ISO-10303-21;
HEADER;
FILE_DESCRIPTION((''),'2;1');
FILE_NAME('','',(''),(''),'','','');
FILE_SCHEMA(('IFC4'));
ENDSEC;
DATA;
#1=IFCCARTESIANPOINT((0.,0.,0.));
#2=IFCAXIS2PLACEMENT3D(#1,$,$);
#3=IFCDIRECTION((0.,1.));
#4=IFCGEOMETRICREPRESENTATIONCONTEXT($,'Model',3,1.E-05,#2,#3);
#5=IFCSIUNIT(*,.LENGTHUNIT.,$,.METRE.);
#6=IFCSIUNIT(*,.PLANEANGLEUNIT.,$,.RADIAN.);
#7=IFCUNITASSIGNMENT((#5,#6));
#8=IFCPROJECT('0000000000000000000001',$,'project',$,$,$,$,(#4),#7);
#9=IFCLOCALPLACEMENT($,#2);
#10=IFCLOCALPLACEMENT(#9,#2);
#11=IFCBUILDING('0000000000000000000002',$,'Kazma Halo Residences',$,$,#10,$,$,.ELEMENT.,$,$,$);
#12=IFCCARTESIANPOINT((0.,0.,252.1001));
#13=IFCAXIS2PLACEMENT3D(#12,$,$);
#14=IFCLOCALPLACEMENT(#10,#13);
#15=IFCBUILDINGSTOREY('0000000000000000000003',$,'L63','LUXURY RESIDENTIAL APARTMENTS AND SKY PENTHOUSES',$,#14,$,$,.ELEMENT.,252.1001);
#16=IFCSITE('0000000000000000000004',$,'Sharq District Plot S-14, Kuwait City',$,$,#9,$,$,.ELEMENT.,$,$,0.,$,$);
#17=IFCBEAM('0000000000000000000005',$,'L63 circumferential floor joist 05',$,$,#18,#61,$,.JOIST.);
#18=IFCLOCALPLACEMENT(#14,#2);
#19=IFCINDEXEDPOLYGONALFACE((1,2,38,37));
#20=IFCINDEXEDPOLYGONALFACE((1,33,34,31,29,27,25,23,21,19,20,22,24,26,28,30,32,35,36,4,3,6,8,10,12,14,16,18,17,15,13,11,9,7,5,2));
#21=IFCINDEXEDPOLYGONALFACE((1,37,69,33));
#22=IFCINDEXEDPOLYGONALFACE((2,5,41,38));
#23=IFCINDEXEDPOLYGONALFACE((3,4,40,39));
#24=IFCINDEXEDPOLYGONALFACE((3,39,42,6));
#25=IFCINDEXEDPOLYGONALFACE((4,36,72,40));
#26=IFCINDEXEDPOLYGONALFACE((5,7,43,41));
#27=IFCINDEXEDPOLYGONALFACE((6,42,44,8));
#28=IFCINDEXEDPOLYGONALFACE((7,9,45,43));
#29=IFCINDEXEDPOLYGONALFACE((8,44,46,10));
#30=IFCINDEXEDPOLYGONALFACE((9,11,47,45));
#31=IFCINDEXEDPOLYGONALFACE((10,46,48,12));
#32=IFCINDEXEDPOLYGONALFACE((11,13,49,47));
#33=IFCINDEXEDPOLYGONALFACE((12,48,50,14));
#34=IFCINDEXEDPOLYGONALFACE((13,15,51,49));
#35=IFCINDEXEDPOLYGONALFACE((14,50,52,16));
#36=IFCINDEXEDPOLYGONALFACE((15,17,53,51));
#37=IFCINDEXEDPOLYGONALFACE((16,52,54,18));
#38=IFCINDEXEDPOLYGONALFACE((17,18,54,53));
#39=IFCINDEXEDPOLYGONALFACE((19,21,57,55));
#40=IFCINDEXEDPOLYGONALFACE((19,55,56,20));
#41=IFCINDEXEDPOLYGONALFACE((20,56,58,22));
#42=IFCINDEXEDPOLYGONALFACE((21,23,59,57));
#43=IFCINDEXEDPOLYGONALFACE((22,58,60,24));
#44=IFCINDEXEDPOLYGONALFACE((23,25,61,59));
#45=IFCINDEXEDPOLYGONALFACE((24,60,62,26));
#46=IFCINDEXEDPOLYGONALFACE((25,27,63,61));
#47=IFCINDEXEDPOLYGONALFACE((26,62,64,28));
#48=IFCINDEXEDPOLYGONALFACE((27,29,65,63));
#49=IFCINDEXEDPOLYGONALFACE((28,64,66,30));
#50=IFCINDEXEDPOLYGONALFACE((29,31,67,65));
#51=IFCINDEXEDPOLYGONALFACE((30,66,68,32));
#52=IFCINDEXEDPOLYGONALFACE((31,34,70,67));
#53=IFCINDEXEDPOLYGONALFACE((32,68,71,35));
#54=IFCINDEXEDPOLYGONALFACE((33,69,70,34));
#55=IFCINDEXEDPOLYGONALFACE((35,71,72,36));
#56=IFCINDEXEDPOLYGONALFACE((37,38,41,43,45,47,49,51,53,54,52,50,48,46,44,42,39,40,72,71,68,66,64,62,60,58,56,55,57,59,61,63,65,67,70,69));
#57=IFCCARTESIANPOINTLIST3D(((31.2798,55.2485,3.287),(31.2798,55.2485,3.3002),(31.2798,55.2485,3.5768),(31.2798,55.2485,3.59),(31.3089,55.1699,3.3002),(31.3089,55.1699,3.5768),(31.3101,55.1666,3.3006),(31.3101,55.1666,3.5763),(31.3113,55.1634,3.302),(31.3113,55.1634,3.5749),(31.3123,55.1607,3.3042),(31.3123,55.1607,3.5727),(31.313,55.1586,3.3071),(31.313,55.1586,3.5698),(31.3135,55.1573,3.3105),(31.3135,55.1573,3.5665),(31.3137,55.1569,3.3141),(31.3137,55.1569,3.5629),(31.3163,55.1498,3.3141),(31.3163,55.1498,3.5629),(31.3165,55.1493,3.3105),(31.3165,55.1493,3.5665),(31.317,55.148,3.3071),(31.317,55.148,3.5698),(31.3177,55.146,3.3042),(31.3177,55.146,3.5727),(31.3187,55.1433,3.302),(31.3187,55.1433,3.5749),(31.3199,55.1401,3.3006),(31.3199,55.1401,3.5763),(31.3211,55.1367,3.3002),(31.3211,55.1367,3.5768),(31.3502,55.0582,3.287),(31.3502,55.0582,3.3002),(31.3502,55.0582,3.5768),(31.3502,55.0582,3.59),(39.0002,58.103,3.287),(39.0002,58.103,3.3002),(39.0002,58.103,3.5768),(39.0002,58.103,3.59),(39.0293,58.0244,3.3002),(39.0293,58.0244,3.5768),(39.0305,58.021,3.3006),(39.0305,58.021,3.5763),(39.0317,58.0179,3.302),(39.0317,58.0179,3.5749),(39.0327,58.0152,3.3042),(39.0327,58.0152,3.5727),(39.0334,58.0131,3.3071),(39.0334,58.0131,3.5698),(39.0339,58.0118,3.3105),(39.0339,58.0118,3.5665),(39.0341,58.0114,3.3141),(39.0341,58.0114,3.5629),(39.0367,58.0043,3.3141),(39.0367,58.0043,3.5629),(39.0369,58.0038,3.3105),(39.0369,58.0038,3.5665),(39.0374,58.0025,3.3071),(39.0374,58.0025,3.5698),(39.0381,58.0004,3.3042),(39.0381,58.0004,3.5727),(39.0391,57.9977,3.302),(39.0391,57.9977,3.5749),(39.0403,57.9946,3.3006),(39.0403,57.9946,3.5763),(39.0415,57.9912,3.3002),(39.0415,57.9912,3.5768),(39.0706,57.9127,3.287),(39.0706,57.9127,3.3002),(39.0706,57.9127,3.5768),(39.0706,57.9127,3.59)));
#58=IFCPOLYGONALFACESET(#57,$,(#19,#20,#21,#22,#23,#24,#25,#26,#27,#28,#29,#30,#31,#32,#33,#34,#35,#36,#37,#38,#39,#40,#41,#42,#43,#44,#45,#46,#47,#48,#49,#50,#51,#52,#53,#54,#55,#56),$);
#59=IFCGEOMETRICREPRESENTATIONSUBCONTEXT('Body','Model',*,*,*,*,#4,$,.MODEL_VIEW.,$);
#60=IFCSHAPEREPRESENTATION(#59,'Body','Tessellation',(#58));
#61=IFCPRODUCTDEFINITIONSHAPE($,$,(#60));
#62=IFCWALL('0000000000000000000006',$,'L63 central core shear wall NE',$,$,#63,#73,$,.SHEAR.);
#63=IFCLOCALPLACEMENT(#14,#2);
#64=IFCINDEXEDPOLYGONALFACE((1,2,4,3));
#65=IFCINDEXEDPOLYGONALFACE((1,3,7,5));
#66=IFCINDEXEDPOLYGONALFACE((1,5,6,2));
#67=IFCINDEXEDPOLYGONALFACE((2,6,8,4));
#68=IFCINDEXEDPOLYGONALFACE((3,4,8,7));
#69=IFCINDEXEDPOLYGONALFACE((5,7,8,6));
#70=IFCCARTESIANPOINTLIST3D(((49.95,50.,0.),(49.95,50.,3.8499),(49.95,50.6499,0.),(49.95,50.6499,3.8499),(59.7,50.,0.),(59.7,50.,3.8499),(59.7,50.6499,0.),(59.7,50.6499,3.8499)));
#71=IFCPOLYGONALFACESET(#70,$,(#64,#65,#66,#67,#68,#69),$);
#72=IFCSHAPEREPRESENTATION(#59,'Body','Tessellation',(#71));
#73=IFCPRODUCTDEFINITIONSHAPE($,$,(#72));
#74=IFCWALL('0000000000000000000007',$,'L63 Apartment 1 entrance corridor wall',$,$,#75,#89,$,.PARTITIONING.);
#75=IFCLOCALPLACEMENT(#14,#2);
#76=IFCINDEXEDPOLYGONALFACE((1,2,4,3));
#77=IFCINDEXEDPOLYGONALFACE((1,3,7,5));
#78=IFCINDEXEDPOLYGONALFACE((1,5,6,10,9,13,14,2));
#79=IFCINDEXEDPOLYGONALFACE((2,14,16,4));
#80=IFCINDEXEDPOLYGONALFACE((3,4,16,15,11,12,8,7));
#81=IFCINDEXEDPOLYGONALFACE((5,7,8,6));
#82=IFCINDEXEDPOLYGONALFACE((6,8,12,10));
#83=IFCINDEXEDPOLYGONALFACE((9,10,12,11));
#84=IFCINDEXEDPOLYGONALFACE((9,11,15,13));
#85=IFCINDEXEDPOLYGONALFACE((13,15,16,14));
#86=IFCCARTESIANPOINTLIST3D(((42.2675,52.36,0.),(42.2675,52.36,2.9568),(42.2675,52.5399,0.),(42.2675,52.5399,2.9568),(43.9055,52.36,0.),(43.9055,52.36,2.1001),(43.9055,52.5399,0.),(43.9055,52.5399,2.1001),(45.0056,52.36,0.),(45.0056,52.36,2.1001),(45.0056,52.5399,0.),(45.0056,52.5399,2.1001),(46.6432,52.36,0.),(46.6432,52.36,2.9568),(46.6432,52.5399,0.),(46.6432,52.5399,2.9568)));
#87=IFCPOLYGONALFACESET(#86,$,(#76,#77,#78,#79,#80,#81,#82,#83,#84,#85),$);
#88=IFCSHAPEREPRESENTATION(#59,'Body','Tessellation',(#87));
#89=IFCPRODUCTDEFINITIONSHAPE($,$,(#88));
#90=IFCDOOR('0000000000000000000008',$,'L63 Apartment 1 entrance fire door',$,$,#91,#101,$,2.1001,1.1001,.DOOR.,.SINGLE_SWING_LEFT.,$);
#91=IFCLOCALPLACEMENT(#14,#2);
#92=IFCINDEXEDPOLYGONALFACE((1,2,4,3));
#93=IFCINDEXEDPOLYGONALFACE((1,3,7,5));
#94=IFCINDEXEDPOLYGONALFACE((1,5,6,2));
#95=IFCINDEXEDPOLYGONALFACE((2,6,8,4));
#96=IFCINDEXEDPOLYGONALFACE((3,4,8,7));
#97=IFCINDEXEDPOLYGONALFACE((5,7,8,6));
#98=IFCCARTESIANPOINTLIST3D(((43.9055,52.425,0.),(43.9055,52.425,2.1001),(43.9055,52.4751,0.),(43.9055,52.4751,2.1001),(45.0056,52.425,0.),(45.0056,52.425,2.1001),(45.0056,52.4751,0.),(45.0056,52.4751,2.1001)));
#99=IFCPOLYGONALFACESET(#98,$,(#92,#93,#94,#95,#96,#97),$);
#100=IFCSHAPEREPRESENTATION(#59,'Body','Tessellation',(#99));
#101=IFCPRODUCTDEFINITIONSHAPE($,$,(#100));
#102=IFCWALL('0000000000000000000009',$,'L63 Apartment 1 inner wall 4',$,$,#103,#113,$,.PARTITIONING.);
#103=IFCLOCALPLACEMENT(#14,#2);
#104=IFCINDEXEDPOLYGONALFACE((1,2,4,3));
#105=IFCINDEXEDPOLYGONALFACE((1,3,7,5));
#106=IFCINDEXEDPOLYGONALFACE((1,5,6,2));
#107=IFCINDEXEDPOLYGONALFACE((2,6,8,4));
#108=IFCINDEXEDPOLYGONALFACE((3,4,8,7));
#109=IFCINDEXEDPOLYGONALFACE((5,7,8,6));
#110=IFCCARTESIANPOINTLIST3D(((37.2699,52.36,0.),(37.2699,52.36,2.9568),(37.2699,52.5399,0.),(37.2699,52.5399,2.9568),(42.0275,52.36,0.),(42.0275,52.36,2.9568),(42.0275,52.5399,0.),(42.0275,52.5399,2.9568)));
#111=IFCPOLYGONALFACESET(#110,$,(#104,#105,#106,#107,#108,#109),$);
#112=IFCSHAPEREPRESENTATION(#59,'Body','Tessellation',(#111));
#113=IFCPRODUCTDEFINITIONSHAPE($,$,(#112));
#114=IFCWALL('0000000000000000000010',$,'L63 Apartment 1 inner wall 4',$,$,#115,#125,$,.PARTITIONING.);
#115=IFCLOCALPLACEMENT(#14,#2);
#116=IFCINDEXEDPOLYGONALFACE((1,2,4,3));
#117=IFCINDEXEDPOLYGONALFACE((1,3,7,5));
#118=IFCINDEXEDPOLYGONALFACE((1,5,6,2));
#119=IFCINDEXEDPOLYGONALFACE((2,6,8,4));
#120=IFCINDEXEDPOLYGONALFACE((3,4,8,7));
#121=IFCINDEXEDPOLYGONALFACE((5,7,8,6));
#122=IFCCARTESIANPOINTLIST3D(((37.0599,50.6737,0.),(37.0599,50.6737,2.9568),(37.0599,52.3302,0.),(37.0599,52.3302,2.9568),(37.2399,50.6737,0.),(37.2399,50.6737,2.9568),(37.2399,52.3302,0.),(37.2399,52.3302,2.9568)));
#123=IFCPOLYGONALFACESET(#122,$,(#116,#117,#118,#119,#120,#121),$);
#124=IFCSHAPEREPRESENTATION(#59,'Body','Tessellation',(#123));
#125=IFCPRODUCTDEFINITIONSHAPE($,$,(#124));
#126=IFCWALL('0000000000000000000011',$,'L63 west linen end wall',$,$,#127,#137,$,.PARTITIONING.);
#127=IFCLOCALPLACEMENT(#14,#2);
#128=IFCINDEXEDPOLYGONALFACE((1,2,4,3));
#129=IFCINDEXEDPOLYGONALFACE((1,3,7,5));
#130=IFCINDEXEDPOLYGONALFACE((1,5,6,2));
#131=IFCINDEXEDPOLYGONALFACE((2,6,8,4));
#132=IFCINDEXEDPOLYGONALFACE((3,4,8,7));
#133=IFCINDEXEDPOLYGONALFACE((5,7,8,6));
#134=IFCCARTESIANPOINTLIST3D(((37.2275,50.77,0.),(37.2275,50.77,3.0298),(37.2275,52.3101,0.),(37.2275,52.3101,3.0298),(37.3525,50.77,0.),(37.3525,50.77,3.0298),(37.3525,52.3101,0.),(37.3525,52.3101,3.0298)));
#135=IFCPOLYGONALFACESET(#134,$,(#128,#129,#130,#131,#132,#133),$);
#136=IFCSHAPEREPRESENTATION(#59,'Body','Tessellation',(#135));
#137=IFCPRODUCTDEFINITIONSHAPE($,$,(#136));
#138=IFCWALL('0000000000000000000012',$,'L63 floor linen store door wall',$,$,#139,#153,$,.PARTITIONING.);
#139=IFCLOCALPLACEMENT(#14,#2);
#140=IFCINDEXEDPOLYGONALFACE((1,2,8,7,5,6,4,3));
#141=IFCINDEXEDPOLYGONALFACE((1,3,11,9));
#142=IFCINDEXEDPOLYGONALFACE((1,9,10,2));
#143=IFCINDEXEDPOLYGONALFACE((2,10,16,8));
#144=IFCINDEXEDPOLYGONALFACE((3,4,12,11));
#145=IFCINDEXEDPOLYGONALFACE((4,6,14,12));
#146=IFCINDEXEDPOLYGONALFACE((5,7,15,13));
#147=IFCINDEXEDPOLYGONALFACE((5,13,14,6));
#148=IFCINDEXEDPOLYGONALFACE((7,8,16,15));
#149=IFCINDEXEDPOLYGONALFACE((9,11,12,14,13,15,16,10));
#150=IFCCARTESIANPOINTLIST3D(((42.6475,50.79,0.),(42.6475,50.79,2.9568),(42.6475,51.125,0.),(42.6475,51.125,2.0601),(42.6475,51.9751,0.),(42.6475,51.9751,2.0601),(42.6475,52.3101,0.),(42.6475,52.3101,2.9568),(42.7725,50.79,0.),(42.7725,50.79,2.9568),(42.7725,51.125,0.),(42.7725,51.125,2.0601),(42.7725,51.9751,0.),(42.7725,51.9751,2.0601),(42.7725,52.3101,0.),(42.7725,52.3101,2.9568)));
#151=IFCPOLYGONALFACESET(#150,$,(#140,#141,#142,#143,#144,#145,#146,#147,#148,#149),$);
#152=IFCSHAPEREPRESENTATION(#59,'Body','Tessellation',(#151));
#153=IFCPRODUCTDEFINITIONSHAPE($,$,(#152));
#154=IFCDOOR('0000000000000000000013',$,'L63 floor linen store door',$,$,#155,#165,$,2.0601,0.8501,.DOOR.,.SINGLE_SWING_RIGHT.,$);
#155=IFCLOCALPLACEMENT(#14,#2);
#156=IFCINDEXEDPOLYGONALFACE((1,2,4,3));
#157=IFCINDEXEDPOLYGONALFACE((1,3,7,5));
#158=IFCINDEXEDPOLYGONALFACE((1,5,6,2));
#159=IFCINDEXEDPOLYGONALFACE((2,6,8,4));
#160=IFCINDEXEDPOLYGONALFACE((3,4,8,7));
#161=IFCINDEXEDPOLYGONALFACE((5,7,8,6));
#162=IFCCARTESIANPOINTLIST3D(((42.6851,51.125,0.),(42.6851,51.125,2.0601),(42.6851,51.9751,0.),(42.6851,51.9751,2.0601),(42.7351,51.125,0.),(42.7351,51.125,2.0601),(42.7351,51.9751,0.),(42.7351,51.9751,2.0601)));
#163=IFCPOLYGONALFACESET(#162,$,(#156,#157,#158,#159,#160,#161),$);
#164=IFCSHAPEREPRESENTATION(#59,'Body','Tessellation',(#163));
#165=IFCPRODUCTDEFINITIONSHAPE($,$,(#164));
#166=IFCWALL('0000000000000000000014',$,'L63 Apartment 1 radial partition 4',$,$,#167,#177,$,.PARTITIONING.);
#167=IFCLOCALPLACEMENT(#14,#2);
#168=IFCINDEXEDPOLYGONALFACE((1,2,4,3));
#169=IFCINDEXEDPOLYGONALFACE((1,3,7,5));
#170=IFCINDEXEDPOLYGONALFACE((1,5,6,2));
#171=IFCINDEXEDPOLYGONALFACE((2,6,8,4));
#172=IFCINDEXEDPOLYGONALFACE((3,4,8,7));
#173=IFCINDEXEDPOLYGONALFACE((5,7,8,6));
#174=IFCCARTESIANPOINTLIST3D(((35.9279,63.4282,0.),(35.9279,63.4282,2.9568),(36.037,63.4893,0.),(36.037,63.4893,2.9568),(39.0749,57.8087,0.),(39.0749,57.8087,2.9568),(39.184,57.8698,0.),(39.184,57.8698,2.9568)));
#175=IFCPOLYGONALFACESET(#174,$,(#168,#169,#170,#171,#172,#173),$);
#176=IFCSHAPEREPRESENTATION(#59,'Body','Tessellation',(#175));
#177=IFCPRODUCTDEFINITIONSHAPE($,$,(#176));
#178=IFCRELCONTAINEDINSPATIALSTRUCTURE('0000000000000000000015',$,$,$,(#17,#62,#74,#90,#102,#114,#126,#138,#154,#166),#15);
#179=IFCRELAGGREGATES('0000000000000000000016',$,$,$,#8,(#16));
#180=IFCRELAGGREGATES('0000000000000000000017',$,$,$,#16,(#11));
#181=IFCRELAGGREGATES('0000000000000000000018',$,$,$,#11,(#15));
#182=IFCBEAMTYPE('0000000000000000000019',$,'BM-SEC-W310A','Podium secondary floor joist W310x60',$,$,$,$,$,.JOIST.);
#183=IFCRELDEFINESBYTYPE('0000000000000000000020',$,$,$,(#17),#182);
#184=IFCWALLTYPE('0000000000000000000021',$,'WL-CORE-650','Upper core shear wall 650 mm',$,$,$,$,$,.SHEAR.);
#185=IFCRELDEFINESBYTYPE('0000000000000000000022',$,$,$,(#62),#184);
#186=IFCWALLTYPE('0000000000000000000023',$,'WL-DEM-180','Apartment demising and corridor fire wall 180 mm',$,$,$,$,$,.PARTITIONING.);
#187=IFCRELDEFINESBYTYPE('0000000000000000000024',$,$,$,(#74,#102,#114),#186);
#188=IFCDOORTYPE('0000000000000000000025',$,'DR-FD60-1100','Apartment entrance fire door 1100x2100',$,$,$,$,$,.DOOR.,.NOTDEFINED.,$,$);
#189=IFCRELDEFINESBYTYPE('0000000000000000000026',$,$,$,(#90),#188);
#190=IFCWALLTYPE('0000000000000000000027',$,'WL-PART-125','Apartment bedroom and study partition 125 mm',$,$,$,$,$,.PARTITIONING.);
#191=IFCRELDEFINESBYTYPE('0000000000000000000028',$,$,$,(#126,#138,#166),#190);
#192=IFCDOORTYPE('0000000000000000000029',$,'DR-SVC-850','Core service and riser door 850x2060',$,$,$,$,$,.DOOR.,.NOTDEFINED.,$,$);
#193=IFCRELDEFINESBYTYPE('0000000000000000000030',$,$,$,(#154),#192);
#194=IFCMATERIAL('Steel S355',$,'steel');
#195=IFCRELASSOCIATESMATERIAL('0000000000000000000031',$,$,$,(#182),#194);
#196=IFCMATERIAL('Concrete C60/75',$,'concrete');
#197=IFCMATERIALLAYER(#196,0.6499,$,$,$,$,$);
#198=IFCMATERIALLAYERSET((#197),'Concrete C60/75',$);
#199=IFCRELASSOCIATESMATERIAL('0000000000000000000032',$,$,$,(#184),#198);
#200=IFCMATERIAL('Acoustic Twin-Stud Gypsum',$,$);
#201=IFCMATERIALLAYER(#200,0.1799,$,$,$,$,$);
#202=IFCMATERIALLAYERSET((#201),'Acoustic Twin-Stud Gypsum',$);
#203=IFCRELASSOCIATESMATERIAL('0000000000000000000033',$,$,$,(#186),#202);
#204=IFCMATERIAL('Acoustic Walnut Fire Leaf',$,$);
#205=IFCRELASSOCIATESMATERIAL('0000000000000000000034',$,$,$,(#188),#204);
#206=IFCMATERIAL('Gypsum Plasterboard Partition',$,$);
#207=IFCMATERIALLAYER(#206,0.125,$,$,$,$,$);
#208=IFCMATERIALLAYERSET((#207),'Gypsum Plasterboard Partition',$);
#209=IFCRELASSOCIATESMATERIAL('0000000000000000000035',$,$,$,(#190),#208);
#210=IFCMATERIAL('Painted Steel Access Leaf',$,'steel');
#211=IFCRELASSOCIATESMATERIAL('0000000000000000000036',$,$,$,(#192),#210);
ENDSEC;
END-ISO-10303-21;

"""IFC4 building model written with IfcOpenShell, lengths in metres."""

from ifc_helpers import new_model, si_unit, direction, frame, frame_2d, origin, origin_2d, place, context, subcontext, project, spatial, rectangle, i_section, extrude, material, layer, layer_set, material_profile, profile_set, type_object, element, fill, save


model = new_model("IFC4")

# Units and contexts
model_context = context("Model", 3, precision=1e-05, world=origin(), true_north=direction((0.0, 1.0)))
body_context = subcontext(model_context, "Body", "Model", "MODEL_VIEW")
ifc_project = project(units=[si_unit("LENGTHUNIT", "METRE"), si_unit("PLANEANGLEUNIT", "RADIAN")], contexts=[model_context])

# Site, building, storey
site_placement = place(None, origin())
site = spatial("IfcSite", under=ifc_project, at=site_placement, Name="Sharq District Plot S-14, Kuwait City", CompositionType="ELEMENT", RefElevation=0.0)
building_placement = place(site_placement, origin())
building = spatial("IfcBuilding", under=site, at=building_placement, Name="Kazma Halo Residences", CompositionType="ELEMENT")
storey_placement = place(building_placement, frame((0.0, 0.0, 252.1001)))
storey = spatial("IfcBuildingStorey", under=building, at=storey_placement, Name="L63", Description="LUXURY RESIDENTIAL APARTMENTS AND SKY PENTHOUSES", CompositionType="ELEMENT", Elevation=252.1001)

# Beam
ifc_material_1 = material(Name="Steel S355", Category="steel")
ifc_material_profile_1 = material_profile(ifc_material_1, i_section(OverallWidth=0.2029, OverallDepth=0.303, WebThickness=0.0076, FlangeThickness=0.0132, FilletRadius=0.0139, at=origin_2d()), Name="W310x60")
ifc_profile_set_1 = profile_set([ifc_material_profile_1], Name="Steel S355")
beam_type_1 = type_object("IfcBeamType", Name="BM-SEC-W310A", Description="Podium secondary floor joist W310x60", PredefinedType="JOIST", material=ifc_profile_set_1)
beam_1_placement = place(storey_placement, frame((39.0354, 58.0078, 3.4385), z_axis=(-0.937944, -0.346787, 0.0), x_axis=(0.346787, -0.937944, 0.0)))
element("IfcBeam", 1, at=beam_1_placement, inside=storey, type_object=beam_type_1, Name="L63 circumferential floor joist 05", PredefinedType="JOIST", context=body_context, shape_type="SweptSolid", body=[
    extrude(i_section(OverallWidth=0.2029, OverallDepth=0.303, WebThickness=0.0076, FlangeThickness=0.0132, FilletRadius=0.0139, at=origin_2d()), origin(), (0.0, 0.0, 1.0), 8.2312),
])

# Wall
ifc_material_2 = material(Name="Concrete C60/75", Category="concrete")
ifc_layer_1 = layer(ifc_material_2, 0.6499)
ifc_layer_set_1 = layer_set([ifc_layer_1], Name="Concrete C60/75")
wall_type_1 = type_object("IfcWallType", Name="WL-CORE-650", Description="Upper core shear wall 650 mm", PredefinedType="SHEAR", material=ifc_layer_set_1)
wall_1_placement = place(storey_placement, frame((49.95, 50.325, 0.0), z_axis=(0.0, 0.0, 1.0), x_axis=(1.0, 0.0, 0.0)))
element("IfcWall", 2, at=wall_1_placement, inside=storey, type_object=wall_type_1, Name="L63 central core shear wall NE", PredefinedType="SHEAR", context=body_context, shape_type="SweptSolid", body=[
    extrude(rectangle(XDim=9.75, YDim=0.6499, at=frame_2d((4.875, 0.0))), origin(), (0.0, 0.0, 1.0), 3.8499),
])

# Wall, opening, door
ifc_material_3 = material(Name="Acoustic Twin-Stud Gypsum")
ifc_layer_2 = layer(ifc_material_3, 0.1799)
ifc_layer_set_2 = layer_set([ifc_layer_2], Name="Acoustic Twin-Stud Gypsum")
wall_type_2 = type_object("IfcWallType", Name="WL-DEM-180", Description="Apartment demising and corridor fire wall 180 mm", PredefinedType="PARTITIONING", material=ifc_layer_set_2)
wall_2_placement = place(storey_placement, frame((46.6433, 52.45, 0.0), z_axis=(0.0, 0.0, 1.0), x_axis=(-1.0, 0.0, 0.0)))
wall_2 = element("IfcWall", 3, at=wall_2_placement, inside=storey, type_object=wall_type_2, Name="L63 Apartment 1 entrance corridor wall", PredefinedType="PARTITIONING", context=body_context, shape_type="SweptSolid", body=[
    extrude(rectangle(XDim=4.3757, YDim=0.1799, at=frame_2d((2.188, 0.0))), origin(), (0.0, 0.0, 1.0), 2.9568),
])
opening_1_placement = place(wall_2_placement, frame((1.6377, 0.0, 0.0)))
opening_1 = element("IfcOpeningElement", 4, at=opening_1_placement, cuts=wall_2, PredefinedType="OPENING", context=body_context, shape_type="SweptSolid", body=[
    extrude(rectangle(XDim=1.1001, YDim=2.1001, at=frame_2d((0.55, 1.05))), frame((0.0, 0.0999, 0.0), z_axis=(0.0, -1.0, 0.0), x_axis=(1.0, 0.0, 0.0)), (0.0, 0.0, 1.0), 0.2),
])
ifc_material_4 = material(Name="Acoustic Walnut Fire Leaf")
door_type_1 = type_object("IfcDoorType", Name="DR-FD60-1100", Description="Apartment entrance fire door 1100x2100", OperationType="NOTDEFINED", PredefinedType="DOOR", material=ifc_material_4)
door_1_placement = place(opening_1_placement, origin())
door_1 = element("IfcDoor", 5, at=door_1_placement, inside=storey, type_object=door_type_1, Name="L63 Apartment 1 entrance fire door", OperationType="SINGLE_SWING_LEFT", OverallHeight=2.1001, OverallWidth=1.1001, PredefinedType="DOOR", context=body_context, shape_type="SweptSolid", body=[
    extrude(rectangle(XDim=1.1001, YDim=2.1001, at=frame_2d((0.55, 1.05))), frame((0.0, 0.0249, 0.0), z_axis=(0.0, -1.0, 0.0), x_axis=(1.0, 0.0, 0.0)), (0.0, 0.0, 1.0), 0.05),
])
fill(opening_1, door_1)

# Walls
wall_3_placement = place(storey_placement, frame((42.0276, 52.45, 0.0), z_axis=(0.0, 0.0, 1.0), x_axis=(-1.0, 0.0, 0.0)))
element("IfcWall", 6, at=wall_3_placement, inside=storey, type_object=wall_type_2, Name="L63 Apartment 1 inner wall 4", PredefinedType="PARTITIONING", context=body_context, shape_type="SweptSolid", body=[
    extrude(rectangle(XDim=4.7576, YDim=0.1799, at=frame_2d((2.3789, 0.0))), origin(), (0.0, 0.0, 1.0), 2.9568),
])
wall_4_placement = place(storey_placement, frame((37.1499, 52.3301, 0.0), z_axis=(0.0, 0.0, 1.0), x_axis=(0.0, -1.0, 0.0)))
element("IfcWall", 7, at=wall_4_placement, inside=storey, type_object=wall_type_2, Name="L63 Apartment 1 inner wall 4", PredefinedType="PARTITIONING", context=body_context, shape_type="SweptSolid", body=[
    extrude(rectangle(XDim=1.6565, YDim=0.1799, at=frame_2d((0.8281, 0.0))), origin(), (0.0, 0.0, 1.0), 2.9568),
])
ifc_material_5 = material(Name="Gypsum Plasterboard Partition")
ifc_layer_3 = layer(ifc_material_5, 0.125)
ifc_layer_set_3 = layer_set([ifc_layer_3], Name="Gypsum Plasterboard Partition")
wall_type_3 = type_object("IfcWallType", Name="WL-PART-125", Description="Apartment bedroom and study partition 125 mm", PredefinedType="PARTITIONING", material=ifc_layer_set_3)
wall_5_placement = place(storey_placement, frame((37.29, 50.77, 0.0), z_axis=(0.0, 0.0, 1.0), x_axis=(0.0, 1.0, 0.0)))
element("IfcWall", 8, at=wall_5_placement, inside=storey, type_object=wall_type_3, Name="L63 west linen end wall", PredefinedType="PARTITIONING", context=body_context, shape_type="SweptSolid", body=[
    extrude(rectangle(XDim=1.54, YDim=0.125, at=frame_2d((0.77, 0.0))), origin(), (0.0, 0.0, 1.0), 3.0298),
])

# Wall, opening, door
wall_6_placement = place(storey_placement, frame((42.71, 50.79, 0.0), z_axis=(0.0, 0.0, 1.0), x_axis=(0.0, 1.0, 0.0)))
wall_6 = element("IfcWall", 9, at=wall_6_placement, inside=storey, type_object=wall_type_3, Name="L63 floor linen store door wall", PredefinedType="PARTITIONING", context=body_context, shape_type="SweptSolid", body=[
    extrude(rectangle(XDim=1.52, YDim=0.125, at=frame_2d((0.76, 0.0))), origin(), (0.0, 0.0, 1.0), 2.9568),
])
opening_2_placement = place(wall_6_placement, frame((0.335, 0.0, 0.0)))
opening_2 = element("IfcOpeningElement", 10, at=opening_2_placement, cuts=wall_6, PredefinedType="OPENING", context=body_context, shape_type="SweptSolid", body=[
    extrude(rectangle(XDim=0.8501, YDim=2.0601, at=frame_2d((0.425, 1.03))), frame((0.0, 0.0725, 0.0), z_axis=(0.0, -1.0, 0.0), x_axis=(1.0, 0.0, 0.0)), (0.0, 0.0, 1.0), 0.145),
])
ifc_material_6 = material(Name="Painted Steel Access Leaf", Category="steel")
door_type_2 = type_object("IfcDoorType", Name="DR-SVC-850", Description="Core service and riser door 850x2060", OperationType="NOTDEFINED", PredefinedType="DOOR", material=ifc_material_6)
door_2_placement = place(opening_2_placement, origin())
door_2 = element("IfcDoor", 11, at=door_2_placement, inside=storey, type_object=door_type_2, Name="L63 floor linen store door", OperationType="SINGLE_SWING_RIGHT", OverallHeight=2.0601, OverallWidth=0.8501, PredefinedType="DOOR", context=body_context, shape_type="SweptSolid", body=[
    extrude(rectangle(XDim=0.8501, YDim=2.0601, at=frame_2d((0.425, 1.03))), frame((0.0, 0.0249, 0.0), z_axis=(0.0, -1.0, 0.0), x_axis=(1.0, 0.0, 0.0)), (0.0, 0.0, 1.0), 0.05),
])
fill(opening_2, door_2)

# Wall
wall_7_placement = place(storey_placement, frame((39.1294, 57.8394, 0.0), z_axis=(0.0, 0.0, 1.0), x_axis=(-0.488617, 0.872498, 0.0)))
element("IfcWall", 12, at=wall_7_placement, inside=storey, type_object=wall_type_3, Name="L63 Apartment 1 radial partition 4", PredefinedType="PARTITIONING", context=body_context, shape_type="SweptSolid", body=[
    extrude(rectangle(XDim=6.4407, YDim=0.125, at=frame_2d((3.2202, 0.0))), origin(), (0.0, 0.0, 1.0), 2.9568),
])

save(model, "model.ifc")
